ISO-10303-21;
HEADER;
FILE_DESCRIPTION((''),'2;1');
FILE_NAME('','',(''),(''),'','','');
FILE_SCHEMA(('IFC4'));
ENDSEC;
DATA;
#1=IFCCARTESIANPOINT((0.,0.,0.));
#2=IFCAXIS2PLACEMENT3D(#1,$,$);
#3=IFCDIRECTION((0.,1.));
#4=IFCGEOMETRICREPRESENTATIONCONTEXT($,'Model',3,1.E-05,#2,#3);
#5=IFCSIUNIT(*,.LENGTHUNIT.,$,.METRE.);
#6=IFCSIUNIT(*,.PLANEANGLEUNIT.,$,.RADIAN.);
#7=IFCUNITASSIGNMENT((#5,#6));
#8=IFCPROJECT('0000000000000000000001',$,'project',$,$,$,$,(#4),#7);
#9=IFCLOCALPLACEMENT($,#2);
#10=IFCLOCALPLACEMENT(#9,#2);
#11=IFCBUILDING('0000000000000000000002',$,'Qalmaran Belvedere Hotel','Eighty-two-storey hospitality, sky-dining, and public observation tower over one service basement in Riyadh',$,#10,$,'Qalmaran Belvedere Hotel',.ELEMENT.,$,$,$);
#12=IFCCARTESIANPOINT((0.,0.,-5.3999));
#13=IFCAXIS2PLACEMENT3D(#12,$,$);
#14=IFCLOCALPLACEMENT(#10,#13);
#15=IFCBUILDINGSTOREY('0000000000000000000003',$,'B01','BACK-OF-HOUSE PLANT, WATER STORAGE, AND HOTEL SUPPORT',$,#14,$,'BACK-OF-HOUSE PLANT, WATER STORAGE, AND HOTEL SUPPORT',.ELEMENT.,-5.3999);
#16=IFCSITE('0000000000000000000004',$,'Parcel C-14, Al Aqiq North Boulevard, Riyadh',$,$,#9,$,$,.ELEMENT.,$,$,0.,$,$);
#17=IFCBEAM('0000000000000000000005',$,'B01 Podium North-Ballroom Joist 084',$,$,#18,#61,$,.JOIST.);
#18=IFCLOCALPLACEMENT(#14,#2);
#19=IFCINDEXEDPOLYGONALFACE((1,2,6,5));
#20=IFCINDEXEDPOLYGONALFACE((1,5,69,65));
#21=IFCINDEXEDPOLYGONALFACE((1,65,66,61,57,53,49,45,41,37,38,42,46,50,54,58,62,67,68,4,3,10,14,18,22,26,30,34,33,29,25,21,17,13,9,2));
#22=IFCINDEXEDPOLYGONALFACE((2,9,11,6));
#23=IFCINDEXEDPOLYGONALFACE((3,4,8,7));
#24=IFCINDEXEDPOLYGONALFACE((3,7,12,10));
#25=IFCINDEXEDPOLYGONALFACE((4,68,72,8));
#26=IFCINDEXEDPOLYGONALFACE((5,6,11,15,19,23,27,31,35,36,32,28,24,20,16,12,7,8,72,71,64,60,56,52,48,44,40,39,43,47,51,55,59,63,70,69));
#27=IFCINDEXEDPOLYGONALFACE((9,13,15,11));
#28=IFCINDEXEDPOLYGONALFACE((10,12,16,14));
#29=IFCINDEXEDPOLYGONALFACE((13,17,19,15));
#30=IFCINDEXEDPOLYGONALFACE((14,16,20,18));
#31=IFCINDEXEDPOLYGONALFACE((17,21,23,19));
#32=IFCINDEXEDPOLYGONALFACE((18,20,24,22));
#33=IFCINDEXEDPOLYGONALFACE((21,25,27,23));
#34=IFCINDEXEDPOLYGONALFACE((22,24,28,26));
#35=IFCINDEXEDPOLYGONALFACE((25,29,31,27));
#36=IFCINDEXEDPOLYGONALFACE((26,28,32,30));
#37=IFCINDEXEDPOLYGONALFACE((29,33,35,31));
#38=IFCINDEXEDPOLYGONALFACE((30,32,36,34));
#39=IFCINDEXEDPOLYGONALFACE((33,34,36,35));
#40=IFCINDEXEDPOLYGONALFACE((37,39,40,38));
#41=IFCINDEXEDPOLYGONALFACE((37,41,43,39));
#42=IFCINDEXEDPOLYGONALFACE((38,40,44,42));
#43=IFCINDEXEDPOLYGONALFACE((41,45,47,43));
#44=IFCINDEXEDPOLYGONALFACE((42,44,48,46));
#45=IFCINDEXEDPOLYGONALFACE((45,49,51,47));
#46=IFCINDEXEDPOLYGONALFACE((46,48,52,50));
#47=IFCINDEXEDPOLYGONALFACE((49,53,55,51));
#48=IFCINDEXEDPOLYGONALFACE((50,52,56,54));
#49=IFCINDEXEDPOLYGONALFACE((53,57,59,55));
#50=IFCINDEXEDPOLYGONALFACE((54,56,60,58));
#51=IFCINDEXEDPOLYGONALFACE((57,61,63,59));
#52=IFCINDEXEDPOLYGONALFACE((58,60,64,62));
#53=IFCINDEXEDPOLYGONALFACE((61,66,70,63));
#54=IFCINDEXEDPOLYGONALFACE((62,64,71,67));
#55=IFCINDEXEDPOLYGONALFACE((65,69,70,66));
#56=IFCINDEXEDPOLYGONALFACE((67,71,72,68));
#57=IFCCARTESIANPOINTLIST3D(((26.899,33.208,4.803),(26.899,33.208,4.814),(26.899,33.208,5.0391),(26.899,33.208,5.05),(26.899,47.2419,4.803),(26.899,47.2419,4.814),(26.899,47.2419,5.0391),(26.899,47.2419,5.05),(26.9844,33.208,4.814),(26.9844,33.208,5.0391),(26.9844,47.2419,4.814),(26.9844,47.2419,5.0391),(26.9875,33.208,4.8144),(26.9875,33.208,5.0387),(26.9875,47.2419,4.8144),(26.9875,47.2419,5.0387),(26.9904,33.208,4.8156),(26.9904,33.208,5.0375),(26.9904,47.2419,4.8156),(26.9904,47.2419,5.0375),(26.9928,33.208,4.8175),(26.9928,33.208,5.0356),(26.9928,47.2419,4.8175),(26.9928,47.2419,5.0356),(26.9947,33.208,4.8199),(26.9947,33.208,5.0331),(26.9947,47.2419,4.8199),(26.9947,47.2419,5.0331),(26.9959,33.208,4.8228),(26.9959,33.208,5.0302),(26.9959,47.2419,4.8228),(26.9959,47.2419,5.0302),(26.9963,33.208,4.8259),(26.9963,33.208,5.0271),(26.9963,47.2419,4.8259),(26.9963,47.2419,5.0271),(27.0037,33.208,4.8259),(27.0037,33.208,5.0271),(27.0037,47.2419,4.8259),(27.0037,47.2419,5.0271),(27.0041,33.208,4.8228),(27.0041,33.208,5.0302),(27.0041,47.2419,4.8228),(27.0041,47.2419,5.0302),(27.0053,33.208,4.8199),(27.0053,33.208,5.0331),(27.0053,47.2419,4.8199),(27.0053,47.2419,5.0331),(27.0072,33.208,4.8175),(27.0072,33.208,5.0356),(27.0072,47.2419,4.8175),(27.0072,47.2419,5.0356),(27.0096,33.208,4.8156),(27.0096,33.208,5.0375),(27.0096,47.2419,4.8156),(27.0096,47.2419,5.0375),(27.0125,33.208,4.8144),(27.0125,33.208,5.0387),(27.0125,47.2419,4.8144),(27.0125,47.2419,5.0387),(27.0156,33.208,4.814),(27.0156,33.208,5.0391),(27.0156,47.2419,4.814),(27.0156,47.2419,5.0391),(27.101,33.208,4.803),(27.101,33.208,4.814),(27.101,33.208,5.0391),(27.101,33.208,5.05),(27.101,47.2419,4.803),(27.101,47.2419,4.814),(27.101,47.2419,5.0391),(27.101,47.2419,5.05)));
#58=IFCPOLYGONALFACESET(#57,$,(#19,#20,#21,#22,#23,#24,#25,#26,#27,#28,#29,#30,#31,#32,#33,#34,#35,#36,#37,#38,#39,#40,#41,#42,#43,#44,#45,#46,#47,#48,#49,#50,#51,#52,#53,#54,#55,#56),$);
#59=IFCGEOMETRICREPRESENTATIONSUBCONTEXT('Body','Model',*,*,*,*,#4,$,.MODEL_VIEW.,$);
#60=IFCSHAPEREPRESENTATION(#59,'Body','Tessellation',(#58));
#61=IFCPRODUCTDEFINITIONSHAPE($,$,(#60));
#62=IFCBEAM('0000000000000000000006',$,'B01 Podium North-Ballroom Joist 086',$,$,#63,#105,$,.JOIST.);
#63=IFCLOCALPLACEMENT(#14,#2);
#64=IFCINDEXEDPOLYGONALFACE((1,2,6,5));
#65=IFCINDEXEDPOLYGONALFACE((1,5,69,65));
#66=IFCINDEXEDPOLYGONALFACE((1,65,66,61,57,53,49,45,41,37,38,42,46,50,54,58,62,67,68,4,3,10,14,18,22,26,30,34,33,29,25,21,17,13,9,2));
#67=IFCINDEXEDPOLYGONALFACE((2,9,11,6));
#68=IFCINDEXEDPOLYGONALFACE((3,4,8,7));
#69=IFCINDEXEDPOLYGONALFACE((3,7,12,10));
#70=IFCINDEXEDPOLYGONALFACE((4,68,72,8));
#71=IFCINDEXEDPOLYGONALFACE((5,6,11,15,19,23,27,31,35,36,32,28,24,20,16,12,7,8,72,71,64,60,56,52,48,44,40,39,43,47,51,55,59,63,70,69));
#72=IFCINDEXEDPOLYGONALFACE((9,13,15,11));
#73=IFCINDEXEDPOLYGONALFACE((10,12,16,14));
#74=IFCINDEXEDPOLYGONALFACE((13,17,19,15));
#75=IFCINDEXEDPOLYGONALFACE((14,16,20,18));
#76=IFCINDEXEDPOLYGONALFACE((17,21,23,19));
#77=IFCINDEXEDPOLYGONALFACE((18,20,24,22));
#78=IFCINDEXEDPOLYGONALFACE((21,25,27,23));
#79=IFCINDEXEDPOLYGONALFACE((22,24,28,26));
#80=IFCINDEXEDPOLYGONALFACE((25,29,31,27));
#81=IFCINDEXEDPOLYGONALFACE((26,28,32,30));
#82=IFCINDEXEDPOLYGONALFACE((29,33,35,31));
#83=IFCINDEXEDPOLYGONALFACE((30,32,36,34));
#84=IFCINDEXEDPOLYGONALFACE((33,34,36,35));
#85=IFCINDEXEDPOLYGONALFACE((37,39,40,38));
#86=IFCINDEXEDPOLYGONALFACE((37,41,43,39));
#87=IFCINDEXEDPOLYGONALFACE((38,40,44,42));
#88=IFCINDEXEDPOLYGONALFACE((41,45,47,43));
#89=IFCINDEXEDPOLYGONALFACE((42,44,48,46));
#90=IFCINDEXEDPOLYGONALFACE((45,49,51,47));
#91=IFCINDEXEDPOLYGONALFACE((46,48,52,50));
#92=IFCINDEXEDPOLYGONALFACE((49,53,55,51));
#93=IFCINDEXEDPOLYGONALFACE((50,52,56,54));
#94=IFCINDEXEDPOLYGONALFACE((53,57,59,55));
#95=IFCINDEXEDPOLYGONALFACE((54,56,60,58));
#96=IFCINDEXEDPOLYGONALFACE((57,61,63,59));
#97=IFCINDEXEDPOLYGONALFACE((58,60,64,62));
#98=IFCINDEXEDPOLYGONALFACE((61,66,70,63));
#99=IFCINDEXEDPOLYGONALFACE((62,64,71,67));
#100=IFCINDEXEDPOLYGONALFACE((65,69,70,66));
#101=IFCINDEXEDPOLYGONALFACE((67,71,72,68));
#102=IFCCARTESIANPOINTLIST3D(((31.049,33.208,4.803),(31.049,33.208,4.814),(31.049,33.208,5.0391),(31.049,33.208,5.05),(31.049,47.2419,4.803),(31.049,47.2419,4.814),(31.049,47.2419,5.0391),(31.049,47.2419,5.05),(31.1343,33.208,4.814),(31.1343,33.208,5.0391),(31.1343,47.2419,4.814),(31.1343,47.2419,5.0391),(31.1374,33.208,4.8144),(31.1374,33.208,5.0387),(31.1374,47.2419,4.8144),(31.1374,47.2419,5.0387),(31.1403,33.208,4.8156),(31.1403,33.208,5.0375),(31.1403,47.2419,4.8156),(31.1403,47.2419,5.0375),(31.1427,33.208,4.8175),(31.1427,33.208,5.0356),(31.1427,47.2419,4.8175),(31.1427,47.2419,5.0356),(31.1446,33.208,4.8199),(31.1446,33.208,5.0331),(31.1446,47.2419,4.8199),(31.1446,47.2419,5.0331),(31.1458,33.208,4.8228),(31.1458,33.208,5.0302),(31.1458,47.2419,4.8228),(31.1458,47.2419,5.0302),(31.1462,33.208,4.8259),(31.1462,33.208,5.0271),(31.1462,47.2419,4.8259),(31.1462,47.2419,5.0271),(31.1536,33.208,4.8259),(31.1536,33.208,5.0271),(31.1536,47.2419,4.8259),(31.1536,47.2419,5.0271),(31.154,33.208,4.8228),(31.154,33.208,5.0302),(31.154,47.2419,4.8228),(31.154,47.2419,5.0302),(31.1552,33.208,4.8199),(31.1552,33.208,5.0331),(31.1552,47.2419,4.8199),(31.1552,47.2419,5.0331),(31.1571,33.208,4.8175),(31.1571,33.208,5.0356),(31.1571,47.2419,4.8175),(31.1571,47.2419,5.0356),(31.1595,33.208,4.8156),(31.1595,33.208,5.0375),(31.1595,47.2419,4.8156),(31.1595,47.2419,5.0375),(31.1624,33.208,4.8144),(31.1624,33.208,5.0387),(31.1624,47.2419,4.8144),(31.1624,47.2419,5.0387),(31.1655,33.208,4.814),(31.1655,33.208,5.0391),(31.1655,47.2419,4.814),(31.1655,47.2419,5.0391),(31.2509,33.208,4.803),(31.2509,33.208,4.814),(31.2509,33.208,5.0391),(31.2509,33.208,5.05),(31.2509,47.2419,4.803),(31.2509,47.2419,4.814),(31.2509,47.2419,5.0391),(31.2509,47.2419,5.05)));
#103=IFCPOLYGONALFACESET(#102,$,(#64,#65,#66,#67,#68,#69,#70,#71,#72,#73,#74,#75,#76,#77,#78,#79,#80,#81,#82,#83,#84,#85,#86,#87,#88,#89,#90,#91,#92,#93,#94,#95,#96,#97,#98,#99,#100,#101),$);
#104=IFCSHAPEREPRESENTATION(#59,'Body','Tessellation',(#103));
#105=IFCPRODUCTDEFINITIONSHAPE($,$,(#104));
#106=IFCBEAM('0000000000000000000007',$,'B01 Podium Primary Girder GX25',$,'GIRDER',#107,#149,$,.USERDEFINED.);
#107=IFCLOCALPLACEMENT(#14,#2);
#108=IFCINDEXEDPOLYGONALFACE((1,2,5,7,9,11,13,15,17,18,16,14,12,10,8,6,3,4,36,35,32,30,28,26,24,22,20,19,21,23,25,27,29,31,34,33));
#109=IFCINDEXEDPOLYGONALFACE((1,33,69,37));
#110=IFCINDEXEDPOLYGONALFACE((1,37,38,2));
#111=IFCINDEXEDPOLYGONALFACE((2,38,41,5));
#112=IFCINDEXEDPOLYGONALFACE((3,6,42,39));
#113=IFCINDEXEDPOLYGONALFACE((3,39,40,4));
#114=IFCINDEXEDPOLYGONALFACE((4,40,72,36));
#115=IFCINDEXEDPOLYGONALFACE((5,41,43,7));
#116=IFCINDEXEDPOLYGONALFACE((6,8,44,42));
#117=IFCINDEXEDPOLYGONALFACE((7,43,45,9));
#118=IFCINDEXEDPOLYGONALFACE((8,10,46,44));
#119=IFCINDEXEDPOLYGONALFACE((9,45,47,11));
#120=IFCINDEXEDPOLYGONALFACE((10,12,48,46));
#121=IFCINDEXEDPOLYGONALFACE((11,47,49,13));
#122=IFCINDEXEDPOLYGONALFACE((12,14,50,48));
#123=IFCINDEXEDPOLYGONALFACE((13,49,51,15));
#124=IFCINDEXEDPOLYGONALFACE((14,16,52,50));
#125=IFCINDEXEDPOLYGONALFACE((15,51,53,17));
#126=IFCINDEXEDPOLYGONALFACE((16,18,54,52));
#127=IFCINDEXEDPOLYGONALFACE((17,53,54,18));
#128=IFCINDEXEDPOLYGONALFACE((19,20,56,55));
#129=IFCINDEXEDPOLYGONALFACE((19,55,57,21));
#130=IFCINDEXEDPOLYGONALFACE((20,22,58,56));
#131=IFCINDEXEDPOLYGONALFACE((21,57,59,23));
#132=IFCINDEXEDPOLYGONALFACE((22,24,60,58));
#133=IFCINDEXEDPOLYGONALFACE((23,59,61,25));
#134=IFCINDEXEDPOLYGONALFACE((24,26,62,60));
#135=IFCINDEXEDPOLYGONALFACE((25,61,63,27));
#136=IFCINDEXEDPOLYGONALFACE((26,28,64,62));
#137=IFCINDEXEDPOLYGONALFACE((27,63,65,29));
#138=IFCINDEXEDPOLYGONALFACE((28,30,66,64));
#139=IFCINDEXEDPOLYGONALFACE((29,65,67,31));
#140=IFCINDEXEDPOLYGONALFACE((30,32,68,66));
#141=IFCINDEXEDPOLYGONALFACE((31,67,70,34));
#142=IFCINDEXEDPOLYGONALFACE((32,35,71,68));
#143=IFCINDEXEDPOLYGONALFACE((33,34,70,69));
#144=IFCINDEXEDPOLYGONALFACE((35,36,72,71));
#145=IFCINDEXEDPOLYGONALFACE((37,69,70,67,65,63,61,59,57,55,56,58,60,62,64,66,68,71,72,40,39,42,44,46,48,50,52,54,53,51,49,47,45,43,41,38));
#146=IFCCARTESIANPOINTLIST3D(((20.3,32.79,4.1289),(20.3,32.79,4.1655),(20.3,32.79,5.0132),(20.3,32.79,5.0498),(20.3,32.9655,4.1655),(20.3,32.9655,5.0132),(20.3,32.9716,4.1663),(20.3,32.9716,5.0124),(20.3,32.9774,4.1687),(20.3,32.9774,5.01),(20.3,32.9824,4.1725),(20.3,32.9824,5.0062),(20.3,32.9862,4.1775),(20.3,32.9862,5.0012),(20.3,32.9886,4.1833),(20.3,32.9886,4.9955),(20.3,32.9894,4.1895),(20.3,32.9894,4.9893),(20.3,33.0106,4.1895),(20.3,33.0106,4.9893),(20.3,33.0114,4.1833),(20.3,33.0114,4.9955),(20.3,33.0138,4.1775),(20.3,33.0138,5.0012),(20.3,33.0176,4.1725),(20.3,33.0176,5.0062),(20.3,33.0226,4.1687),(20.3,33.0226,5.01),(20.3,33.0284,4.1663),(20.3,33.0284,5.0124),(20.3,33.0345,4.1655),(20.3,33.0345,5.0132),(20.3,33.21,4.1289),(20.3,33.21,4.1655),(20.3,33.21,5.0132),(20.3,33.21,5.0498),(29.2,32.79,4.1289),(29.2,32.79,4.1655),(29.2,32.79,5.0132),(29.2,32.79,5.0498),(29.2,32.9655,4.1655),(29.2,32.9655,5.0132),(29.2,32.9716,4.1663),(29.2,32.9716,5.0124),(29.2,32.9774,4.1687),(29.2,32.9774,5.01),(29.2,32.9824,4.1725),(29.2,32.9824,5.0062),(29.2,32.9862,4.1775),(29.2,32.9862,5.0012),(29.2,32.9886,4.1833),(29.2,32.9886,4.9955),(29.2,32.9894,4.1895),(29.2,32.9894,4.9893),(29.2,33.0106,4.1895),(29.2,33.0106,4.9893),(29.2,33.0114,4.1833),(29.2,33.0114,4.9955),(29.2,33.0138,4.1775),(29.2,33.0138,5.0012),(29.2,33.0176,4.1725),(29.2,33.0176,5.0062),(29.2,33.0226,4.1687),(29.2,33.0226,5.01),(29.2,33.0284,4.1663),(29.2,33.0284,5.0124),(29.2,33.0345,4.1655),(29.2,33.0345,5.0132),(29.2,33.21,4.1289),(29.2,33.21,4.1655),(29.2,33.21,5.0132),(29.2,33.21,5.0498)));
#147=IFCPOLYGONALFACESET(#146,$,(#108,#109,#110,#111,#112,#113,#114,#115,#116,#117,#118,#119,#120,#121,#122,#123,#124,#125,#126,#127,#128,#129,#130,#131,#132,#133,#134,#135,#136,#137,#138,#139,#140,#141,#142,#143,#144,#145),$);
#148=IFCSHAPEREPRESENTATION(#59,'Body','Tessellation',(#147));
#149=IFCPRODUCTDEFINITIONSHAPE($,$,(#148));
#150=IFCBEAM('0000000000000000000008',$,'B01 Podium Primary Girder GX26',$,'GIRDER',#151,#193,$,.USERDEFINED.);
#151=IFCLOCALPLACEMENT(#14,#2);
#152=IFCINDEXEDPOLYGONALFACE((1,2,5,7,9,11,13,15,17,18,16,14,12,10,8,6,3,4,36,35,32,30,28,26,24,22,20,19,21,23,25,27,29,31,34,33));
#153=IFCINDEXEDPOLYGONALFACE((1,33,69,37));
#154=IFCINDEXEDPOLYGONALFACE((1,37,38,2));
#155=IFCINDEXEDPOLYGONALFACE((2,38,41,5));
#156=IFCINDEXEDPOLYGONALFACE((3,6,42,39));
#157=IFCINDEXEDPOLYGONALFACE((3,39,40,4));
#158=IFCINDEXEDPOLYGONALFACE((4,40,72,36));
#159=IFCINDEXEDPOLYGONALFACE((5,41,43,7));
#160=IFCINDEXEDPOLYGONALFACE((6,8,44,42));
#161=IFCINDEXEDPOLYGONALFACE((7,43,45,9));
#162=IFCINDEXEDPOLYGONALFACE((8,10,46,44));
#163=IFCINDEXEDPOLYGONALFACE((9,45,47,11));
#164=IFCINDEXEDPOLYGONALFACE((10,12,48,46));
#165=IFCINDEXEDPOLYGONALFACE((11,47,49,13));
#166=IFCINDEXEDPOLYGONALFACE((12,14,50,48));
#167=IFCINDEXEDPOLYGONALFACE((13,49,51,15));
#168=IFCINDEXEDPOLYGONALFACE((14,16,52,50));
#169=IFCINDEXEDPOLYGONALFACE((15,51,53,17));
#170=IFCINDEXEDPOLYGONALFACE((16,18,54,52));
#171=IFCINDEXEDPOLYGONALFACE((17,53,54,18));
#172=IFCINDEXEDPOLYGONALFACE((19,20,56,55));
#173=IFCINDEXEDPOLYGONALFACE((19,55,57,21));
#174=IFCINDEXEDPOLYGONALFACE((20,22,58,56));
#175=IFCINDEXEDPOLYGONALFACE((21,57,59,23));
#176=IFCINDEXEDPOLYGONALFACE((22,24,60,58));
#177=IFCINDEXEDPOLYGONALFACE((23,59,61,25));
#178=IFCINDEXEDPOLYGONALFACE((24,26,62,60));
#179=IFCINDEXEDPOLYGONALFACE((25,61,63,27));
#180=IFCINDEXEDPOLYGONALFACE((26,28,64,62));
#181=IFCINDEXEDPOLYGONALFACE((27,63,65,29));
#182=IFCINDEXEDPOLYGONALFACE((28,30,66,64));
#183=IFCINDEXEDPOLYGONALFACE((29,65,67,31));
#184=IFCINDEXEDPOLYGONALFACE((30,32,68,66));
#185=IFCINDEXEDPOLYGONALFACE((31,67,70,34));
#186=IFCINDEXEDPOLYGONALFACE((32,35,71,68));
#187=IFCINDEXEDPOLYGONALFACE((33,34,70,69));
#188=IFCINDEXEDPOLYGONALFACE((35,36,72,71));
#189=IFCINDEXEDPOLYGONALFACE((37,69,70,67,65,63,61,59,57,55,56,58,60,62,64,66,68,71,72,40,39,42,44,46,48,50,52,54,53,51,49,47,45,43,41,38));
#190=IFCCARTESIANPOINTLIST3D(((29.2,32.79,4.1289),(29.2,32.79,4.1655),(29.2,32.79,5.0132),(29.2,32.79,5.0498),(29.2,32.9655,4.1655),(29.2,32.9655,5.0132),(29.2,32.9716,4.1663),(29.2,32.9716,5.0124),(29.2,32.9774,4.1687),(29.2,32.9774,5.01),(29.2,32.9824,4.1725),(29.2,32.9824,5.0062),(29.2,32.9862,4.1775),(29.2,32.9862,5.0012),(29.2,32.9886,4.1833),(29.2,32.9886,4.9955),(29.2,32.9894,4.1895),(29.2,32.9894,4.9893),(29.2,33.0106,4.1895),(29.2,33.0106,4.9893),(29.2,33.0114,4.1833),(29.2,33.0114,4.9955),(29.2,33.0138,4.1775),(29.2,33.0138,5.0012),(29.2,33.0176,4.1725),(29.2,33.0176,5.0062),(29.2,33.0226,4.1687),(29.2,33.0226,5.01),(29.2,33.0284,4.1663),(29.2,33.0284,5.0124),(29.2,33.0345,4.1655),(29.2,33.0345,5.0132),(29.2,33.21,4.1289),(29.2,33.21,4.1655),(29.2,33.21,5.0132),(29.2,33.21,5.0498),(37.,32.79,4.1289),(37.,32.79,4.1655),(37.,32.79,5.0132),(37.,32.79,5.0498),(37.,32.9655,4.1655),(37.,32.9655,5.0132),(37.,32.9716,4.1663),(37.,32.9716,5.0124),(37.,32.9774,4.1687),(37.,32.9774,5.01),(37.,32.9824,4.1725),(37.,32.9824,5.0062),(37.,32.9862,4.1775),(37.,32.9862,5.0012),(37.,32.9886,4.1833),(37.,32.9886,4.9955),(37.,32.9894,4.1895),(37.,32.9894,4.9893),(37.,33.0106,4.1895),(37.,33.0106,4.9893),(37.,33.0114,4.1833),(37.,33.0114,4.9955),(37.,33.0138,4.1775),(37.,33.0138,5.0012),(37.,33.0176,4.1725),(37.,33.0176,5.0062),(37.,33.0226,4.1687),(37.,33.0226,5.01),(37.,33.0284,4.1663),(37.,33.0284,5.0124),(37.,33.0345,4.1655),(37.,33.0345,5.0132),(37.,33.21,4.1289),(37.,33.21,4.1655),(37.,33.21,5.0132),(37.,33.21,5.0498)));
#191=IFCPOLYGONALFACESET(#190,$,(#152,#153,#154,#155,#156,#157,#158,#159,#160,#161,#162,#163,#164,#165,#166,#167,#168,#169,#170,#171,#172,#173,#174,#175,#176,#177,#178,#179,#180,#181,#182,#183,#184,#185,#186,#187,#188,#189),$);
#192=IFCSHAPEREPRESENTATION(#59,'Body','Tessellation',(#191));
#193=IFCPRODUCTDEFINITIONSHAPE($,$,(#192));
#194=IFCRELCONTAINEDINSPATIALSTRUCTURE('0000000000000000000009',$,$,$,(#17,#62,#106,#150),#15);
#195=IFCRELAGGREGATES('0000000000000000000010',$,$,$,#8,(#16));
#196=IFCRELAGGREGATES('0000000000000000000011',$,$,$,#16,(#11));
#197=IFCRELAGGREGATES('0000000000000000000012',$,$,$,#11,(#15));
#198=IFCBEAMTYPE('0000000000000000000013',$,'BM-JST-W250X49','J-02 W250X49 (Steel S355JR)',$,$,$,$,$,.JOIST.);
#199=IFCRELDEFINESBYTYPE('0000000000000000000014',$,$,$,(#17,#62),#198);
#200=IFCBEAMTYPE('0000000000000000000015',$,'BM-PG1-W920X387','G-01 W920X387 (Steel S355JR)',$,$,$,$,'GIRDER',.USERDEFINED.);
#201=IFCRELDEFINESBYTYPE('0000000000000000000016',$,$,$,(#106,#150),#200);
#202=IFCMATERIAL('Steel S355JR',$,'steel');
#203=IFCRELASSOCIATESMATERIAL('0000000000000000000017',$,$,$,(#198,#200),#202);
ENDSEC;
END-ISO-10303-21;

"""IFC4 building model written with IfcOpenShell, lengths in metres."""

from ifc_helpers import new_model, si_unit, direction, frame, origin, origin_2d, place, context, subcontext, project, spatial, i_section, extrude, material, material_profile, profile_set, type_object, element, save


model = new_model("IFC4")

# Units and contexts
model_context = context("Model", 3, precision=1e-05, world=origin(), true_north=direction((0.0, 1.0)))
body_context = subcontext(model_context, "Body", "Model", "MODEL_VIEW")
ifc_project = project(units=[si_unit("LENGTHUNIT", "METRE"), si_unit("PLANEANGLEUNIT", "RADIAN")], contexts=[model_context])

# Site, building, storey
site_placement = place(None, origin())
site = spatial("IfcSite", under=ifc_project, at=site_placement, Name="Parcel C-14, Al Aqiq North Boulevard, Riyadh", CompositionType="ELEMENT", RefElevation=0.0)
building_placement = place(site_placement, origin())
building = spatial("IfcBuilding", under=site, at=building_placement, Name="Qalmaran Belvedere Hotel", Description="Eighty-two-storey hospitality, sky-dining, and public observation tower over one service basement in Riyadh", LongName="Qalmaran Belvedere Hotel", CompositionType="ELEMENT")
storey_placement = place(building_placement, frame((0.0, 0.0, -5.3999)))
storey = spatial("IfcBuildingStorey", under=building, at=storey_placement, Name="B01", Description="BACK-OF-HOUSE PLANT, WATER STORAGE, AND HOTEL SUPPORT", LongName="BACK-OF-HOUSE PLANT, WATER STORAGE, AND HOTEL SUPPORT", CompositionType="ELEMENT", Elevation=-5.3999)

# Beams
ifc_material_1 = material(Name="Steel S355JR", Category="steel")
ifc_material_profile_1 = material_profile(ifc_material_1, i_section(OverallWidth=0.2019, OverallDepth=0.2471, WebThickness=0.0073, FlangeThickness=0.011, FilletRadius=0.012, at=origin_2d()), Name="W250X49")
ifc_profile_set_1 = profile_set([ifc_material_profile_1], Name="Steel S355JR")
beam_type_1 = type_object("IfcBeamType", Name="BM-JST-W250X49", Description="J-02 W250X49 (Steel S355JR)", PredefinedType="JOIST", material=ifc_profile_set_1)
for number, where, z_axis, x_axis, name in (
    (1, (27.0, 33.208, 4.9265), (0.0, 1.0, 0.0), (-1.0, 0.0, 0.0), "B01 Podium North-Ballroom Joist 084"),
    (2, (31.1499, 33.208, 4.9265), (0.0, 1.0, 0.0), (-1.0, 0.0, 0.0), "B01 Podium North-Ballroom Joist 086"),
):
    element("IfcBeam", number, at=place(storey_placement, frame(where, z_axis=z_axis, x_axis=x_axis)), inside=storey, type_object=beam_type_1, Name=name, PredefinedType="JOIST", context=body_context, shape_type="SweptSolid", body=[
        extrude(i_section(OverallWidth=0.2019, OverallDepth=0.2471, WebThickness=0.0073, FlangeThickness=0.011, FilletRadius=0.012, at=origin_2d()), origin(), (0.0, 0.0, 1.0), 14.0339),
    ])
ifc_material_profile_2 = material_profile(ifc_material_1, i_section(OverallWidth=0.4199, OverallDepth=0.9209, WebThickness=0.0212, FlangeThickness=0.0366, FilletRadius=0.0239, at=origin_2d()), Name="W920X387")
ifc_profile_set_2 = profile_set([ifc_material_profile_2], Name="Steel S355JR")
beam_type_2 = type_object("IfcBeamType", Name="BM-PG1-W920X387", Description="G-01 W920X387 (Steel S355JR)", ElementType="GIRDER", PredefinedType="USERDEFINED", material=ifc_profile_set_2)
beam_1_placement = place(storey_placement, frame((20.3, 33.0, 4.5894), z_axis=(1.0, 0.0, 0.0), x_axis=(0.0, 1.0, 0.0)))
element("IfcBeam", 3, at=beam_1_placement, inside=storey, type_object=beam_type_2, Name="B01 Podium Primary Girder GX25", ObjectType="GIRDER", PredefinedType="USERDEFINED", context=body_context, shape_type="SweptSolid", body=[
    extrude(i_section(OverallWidth=0.4199, OverallDepth=0.9209, WebThickness=0.0212, FlangeThickness=0.0366, FilletRadius=0.0239, at=origin_2d()), origin(), (0.0, 0.0, 1.0), 8.8999),
])
beam_2_placement = place(storey_placement, frame((29.2, 33.0, 4.5894), z_axis=(1.0, 0.0, 0.0), x_axis=(0.0, 1.0, 0.0)))
element("IfcBeam", 4, at=beam_2_placement, inside=storey, type_object=beam_type_2, Name="B01 Podium Primary Girder GX26", ObjectType="GIRDER", PredefinedType="USERDEFINED", context=body_context, shape_type="SweptSolid", body=[
    extrude(i_section(OverallWidth=0.4199, OverallDepth=0.9209, WebThickness=0.0212, FlangeThickness=0.0366, FilletRadius=0.0239, at=origin_2d()), origin(), (0.0, 0.0, 1.0), 7.8),
])

save(model, "model.ifc")
